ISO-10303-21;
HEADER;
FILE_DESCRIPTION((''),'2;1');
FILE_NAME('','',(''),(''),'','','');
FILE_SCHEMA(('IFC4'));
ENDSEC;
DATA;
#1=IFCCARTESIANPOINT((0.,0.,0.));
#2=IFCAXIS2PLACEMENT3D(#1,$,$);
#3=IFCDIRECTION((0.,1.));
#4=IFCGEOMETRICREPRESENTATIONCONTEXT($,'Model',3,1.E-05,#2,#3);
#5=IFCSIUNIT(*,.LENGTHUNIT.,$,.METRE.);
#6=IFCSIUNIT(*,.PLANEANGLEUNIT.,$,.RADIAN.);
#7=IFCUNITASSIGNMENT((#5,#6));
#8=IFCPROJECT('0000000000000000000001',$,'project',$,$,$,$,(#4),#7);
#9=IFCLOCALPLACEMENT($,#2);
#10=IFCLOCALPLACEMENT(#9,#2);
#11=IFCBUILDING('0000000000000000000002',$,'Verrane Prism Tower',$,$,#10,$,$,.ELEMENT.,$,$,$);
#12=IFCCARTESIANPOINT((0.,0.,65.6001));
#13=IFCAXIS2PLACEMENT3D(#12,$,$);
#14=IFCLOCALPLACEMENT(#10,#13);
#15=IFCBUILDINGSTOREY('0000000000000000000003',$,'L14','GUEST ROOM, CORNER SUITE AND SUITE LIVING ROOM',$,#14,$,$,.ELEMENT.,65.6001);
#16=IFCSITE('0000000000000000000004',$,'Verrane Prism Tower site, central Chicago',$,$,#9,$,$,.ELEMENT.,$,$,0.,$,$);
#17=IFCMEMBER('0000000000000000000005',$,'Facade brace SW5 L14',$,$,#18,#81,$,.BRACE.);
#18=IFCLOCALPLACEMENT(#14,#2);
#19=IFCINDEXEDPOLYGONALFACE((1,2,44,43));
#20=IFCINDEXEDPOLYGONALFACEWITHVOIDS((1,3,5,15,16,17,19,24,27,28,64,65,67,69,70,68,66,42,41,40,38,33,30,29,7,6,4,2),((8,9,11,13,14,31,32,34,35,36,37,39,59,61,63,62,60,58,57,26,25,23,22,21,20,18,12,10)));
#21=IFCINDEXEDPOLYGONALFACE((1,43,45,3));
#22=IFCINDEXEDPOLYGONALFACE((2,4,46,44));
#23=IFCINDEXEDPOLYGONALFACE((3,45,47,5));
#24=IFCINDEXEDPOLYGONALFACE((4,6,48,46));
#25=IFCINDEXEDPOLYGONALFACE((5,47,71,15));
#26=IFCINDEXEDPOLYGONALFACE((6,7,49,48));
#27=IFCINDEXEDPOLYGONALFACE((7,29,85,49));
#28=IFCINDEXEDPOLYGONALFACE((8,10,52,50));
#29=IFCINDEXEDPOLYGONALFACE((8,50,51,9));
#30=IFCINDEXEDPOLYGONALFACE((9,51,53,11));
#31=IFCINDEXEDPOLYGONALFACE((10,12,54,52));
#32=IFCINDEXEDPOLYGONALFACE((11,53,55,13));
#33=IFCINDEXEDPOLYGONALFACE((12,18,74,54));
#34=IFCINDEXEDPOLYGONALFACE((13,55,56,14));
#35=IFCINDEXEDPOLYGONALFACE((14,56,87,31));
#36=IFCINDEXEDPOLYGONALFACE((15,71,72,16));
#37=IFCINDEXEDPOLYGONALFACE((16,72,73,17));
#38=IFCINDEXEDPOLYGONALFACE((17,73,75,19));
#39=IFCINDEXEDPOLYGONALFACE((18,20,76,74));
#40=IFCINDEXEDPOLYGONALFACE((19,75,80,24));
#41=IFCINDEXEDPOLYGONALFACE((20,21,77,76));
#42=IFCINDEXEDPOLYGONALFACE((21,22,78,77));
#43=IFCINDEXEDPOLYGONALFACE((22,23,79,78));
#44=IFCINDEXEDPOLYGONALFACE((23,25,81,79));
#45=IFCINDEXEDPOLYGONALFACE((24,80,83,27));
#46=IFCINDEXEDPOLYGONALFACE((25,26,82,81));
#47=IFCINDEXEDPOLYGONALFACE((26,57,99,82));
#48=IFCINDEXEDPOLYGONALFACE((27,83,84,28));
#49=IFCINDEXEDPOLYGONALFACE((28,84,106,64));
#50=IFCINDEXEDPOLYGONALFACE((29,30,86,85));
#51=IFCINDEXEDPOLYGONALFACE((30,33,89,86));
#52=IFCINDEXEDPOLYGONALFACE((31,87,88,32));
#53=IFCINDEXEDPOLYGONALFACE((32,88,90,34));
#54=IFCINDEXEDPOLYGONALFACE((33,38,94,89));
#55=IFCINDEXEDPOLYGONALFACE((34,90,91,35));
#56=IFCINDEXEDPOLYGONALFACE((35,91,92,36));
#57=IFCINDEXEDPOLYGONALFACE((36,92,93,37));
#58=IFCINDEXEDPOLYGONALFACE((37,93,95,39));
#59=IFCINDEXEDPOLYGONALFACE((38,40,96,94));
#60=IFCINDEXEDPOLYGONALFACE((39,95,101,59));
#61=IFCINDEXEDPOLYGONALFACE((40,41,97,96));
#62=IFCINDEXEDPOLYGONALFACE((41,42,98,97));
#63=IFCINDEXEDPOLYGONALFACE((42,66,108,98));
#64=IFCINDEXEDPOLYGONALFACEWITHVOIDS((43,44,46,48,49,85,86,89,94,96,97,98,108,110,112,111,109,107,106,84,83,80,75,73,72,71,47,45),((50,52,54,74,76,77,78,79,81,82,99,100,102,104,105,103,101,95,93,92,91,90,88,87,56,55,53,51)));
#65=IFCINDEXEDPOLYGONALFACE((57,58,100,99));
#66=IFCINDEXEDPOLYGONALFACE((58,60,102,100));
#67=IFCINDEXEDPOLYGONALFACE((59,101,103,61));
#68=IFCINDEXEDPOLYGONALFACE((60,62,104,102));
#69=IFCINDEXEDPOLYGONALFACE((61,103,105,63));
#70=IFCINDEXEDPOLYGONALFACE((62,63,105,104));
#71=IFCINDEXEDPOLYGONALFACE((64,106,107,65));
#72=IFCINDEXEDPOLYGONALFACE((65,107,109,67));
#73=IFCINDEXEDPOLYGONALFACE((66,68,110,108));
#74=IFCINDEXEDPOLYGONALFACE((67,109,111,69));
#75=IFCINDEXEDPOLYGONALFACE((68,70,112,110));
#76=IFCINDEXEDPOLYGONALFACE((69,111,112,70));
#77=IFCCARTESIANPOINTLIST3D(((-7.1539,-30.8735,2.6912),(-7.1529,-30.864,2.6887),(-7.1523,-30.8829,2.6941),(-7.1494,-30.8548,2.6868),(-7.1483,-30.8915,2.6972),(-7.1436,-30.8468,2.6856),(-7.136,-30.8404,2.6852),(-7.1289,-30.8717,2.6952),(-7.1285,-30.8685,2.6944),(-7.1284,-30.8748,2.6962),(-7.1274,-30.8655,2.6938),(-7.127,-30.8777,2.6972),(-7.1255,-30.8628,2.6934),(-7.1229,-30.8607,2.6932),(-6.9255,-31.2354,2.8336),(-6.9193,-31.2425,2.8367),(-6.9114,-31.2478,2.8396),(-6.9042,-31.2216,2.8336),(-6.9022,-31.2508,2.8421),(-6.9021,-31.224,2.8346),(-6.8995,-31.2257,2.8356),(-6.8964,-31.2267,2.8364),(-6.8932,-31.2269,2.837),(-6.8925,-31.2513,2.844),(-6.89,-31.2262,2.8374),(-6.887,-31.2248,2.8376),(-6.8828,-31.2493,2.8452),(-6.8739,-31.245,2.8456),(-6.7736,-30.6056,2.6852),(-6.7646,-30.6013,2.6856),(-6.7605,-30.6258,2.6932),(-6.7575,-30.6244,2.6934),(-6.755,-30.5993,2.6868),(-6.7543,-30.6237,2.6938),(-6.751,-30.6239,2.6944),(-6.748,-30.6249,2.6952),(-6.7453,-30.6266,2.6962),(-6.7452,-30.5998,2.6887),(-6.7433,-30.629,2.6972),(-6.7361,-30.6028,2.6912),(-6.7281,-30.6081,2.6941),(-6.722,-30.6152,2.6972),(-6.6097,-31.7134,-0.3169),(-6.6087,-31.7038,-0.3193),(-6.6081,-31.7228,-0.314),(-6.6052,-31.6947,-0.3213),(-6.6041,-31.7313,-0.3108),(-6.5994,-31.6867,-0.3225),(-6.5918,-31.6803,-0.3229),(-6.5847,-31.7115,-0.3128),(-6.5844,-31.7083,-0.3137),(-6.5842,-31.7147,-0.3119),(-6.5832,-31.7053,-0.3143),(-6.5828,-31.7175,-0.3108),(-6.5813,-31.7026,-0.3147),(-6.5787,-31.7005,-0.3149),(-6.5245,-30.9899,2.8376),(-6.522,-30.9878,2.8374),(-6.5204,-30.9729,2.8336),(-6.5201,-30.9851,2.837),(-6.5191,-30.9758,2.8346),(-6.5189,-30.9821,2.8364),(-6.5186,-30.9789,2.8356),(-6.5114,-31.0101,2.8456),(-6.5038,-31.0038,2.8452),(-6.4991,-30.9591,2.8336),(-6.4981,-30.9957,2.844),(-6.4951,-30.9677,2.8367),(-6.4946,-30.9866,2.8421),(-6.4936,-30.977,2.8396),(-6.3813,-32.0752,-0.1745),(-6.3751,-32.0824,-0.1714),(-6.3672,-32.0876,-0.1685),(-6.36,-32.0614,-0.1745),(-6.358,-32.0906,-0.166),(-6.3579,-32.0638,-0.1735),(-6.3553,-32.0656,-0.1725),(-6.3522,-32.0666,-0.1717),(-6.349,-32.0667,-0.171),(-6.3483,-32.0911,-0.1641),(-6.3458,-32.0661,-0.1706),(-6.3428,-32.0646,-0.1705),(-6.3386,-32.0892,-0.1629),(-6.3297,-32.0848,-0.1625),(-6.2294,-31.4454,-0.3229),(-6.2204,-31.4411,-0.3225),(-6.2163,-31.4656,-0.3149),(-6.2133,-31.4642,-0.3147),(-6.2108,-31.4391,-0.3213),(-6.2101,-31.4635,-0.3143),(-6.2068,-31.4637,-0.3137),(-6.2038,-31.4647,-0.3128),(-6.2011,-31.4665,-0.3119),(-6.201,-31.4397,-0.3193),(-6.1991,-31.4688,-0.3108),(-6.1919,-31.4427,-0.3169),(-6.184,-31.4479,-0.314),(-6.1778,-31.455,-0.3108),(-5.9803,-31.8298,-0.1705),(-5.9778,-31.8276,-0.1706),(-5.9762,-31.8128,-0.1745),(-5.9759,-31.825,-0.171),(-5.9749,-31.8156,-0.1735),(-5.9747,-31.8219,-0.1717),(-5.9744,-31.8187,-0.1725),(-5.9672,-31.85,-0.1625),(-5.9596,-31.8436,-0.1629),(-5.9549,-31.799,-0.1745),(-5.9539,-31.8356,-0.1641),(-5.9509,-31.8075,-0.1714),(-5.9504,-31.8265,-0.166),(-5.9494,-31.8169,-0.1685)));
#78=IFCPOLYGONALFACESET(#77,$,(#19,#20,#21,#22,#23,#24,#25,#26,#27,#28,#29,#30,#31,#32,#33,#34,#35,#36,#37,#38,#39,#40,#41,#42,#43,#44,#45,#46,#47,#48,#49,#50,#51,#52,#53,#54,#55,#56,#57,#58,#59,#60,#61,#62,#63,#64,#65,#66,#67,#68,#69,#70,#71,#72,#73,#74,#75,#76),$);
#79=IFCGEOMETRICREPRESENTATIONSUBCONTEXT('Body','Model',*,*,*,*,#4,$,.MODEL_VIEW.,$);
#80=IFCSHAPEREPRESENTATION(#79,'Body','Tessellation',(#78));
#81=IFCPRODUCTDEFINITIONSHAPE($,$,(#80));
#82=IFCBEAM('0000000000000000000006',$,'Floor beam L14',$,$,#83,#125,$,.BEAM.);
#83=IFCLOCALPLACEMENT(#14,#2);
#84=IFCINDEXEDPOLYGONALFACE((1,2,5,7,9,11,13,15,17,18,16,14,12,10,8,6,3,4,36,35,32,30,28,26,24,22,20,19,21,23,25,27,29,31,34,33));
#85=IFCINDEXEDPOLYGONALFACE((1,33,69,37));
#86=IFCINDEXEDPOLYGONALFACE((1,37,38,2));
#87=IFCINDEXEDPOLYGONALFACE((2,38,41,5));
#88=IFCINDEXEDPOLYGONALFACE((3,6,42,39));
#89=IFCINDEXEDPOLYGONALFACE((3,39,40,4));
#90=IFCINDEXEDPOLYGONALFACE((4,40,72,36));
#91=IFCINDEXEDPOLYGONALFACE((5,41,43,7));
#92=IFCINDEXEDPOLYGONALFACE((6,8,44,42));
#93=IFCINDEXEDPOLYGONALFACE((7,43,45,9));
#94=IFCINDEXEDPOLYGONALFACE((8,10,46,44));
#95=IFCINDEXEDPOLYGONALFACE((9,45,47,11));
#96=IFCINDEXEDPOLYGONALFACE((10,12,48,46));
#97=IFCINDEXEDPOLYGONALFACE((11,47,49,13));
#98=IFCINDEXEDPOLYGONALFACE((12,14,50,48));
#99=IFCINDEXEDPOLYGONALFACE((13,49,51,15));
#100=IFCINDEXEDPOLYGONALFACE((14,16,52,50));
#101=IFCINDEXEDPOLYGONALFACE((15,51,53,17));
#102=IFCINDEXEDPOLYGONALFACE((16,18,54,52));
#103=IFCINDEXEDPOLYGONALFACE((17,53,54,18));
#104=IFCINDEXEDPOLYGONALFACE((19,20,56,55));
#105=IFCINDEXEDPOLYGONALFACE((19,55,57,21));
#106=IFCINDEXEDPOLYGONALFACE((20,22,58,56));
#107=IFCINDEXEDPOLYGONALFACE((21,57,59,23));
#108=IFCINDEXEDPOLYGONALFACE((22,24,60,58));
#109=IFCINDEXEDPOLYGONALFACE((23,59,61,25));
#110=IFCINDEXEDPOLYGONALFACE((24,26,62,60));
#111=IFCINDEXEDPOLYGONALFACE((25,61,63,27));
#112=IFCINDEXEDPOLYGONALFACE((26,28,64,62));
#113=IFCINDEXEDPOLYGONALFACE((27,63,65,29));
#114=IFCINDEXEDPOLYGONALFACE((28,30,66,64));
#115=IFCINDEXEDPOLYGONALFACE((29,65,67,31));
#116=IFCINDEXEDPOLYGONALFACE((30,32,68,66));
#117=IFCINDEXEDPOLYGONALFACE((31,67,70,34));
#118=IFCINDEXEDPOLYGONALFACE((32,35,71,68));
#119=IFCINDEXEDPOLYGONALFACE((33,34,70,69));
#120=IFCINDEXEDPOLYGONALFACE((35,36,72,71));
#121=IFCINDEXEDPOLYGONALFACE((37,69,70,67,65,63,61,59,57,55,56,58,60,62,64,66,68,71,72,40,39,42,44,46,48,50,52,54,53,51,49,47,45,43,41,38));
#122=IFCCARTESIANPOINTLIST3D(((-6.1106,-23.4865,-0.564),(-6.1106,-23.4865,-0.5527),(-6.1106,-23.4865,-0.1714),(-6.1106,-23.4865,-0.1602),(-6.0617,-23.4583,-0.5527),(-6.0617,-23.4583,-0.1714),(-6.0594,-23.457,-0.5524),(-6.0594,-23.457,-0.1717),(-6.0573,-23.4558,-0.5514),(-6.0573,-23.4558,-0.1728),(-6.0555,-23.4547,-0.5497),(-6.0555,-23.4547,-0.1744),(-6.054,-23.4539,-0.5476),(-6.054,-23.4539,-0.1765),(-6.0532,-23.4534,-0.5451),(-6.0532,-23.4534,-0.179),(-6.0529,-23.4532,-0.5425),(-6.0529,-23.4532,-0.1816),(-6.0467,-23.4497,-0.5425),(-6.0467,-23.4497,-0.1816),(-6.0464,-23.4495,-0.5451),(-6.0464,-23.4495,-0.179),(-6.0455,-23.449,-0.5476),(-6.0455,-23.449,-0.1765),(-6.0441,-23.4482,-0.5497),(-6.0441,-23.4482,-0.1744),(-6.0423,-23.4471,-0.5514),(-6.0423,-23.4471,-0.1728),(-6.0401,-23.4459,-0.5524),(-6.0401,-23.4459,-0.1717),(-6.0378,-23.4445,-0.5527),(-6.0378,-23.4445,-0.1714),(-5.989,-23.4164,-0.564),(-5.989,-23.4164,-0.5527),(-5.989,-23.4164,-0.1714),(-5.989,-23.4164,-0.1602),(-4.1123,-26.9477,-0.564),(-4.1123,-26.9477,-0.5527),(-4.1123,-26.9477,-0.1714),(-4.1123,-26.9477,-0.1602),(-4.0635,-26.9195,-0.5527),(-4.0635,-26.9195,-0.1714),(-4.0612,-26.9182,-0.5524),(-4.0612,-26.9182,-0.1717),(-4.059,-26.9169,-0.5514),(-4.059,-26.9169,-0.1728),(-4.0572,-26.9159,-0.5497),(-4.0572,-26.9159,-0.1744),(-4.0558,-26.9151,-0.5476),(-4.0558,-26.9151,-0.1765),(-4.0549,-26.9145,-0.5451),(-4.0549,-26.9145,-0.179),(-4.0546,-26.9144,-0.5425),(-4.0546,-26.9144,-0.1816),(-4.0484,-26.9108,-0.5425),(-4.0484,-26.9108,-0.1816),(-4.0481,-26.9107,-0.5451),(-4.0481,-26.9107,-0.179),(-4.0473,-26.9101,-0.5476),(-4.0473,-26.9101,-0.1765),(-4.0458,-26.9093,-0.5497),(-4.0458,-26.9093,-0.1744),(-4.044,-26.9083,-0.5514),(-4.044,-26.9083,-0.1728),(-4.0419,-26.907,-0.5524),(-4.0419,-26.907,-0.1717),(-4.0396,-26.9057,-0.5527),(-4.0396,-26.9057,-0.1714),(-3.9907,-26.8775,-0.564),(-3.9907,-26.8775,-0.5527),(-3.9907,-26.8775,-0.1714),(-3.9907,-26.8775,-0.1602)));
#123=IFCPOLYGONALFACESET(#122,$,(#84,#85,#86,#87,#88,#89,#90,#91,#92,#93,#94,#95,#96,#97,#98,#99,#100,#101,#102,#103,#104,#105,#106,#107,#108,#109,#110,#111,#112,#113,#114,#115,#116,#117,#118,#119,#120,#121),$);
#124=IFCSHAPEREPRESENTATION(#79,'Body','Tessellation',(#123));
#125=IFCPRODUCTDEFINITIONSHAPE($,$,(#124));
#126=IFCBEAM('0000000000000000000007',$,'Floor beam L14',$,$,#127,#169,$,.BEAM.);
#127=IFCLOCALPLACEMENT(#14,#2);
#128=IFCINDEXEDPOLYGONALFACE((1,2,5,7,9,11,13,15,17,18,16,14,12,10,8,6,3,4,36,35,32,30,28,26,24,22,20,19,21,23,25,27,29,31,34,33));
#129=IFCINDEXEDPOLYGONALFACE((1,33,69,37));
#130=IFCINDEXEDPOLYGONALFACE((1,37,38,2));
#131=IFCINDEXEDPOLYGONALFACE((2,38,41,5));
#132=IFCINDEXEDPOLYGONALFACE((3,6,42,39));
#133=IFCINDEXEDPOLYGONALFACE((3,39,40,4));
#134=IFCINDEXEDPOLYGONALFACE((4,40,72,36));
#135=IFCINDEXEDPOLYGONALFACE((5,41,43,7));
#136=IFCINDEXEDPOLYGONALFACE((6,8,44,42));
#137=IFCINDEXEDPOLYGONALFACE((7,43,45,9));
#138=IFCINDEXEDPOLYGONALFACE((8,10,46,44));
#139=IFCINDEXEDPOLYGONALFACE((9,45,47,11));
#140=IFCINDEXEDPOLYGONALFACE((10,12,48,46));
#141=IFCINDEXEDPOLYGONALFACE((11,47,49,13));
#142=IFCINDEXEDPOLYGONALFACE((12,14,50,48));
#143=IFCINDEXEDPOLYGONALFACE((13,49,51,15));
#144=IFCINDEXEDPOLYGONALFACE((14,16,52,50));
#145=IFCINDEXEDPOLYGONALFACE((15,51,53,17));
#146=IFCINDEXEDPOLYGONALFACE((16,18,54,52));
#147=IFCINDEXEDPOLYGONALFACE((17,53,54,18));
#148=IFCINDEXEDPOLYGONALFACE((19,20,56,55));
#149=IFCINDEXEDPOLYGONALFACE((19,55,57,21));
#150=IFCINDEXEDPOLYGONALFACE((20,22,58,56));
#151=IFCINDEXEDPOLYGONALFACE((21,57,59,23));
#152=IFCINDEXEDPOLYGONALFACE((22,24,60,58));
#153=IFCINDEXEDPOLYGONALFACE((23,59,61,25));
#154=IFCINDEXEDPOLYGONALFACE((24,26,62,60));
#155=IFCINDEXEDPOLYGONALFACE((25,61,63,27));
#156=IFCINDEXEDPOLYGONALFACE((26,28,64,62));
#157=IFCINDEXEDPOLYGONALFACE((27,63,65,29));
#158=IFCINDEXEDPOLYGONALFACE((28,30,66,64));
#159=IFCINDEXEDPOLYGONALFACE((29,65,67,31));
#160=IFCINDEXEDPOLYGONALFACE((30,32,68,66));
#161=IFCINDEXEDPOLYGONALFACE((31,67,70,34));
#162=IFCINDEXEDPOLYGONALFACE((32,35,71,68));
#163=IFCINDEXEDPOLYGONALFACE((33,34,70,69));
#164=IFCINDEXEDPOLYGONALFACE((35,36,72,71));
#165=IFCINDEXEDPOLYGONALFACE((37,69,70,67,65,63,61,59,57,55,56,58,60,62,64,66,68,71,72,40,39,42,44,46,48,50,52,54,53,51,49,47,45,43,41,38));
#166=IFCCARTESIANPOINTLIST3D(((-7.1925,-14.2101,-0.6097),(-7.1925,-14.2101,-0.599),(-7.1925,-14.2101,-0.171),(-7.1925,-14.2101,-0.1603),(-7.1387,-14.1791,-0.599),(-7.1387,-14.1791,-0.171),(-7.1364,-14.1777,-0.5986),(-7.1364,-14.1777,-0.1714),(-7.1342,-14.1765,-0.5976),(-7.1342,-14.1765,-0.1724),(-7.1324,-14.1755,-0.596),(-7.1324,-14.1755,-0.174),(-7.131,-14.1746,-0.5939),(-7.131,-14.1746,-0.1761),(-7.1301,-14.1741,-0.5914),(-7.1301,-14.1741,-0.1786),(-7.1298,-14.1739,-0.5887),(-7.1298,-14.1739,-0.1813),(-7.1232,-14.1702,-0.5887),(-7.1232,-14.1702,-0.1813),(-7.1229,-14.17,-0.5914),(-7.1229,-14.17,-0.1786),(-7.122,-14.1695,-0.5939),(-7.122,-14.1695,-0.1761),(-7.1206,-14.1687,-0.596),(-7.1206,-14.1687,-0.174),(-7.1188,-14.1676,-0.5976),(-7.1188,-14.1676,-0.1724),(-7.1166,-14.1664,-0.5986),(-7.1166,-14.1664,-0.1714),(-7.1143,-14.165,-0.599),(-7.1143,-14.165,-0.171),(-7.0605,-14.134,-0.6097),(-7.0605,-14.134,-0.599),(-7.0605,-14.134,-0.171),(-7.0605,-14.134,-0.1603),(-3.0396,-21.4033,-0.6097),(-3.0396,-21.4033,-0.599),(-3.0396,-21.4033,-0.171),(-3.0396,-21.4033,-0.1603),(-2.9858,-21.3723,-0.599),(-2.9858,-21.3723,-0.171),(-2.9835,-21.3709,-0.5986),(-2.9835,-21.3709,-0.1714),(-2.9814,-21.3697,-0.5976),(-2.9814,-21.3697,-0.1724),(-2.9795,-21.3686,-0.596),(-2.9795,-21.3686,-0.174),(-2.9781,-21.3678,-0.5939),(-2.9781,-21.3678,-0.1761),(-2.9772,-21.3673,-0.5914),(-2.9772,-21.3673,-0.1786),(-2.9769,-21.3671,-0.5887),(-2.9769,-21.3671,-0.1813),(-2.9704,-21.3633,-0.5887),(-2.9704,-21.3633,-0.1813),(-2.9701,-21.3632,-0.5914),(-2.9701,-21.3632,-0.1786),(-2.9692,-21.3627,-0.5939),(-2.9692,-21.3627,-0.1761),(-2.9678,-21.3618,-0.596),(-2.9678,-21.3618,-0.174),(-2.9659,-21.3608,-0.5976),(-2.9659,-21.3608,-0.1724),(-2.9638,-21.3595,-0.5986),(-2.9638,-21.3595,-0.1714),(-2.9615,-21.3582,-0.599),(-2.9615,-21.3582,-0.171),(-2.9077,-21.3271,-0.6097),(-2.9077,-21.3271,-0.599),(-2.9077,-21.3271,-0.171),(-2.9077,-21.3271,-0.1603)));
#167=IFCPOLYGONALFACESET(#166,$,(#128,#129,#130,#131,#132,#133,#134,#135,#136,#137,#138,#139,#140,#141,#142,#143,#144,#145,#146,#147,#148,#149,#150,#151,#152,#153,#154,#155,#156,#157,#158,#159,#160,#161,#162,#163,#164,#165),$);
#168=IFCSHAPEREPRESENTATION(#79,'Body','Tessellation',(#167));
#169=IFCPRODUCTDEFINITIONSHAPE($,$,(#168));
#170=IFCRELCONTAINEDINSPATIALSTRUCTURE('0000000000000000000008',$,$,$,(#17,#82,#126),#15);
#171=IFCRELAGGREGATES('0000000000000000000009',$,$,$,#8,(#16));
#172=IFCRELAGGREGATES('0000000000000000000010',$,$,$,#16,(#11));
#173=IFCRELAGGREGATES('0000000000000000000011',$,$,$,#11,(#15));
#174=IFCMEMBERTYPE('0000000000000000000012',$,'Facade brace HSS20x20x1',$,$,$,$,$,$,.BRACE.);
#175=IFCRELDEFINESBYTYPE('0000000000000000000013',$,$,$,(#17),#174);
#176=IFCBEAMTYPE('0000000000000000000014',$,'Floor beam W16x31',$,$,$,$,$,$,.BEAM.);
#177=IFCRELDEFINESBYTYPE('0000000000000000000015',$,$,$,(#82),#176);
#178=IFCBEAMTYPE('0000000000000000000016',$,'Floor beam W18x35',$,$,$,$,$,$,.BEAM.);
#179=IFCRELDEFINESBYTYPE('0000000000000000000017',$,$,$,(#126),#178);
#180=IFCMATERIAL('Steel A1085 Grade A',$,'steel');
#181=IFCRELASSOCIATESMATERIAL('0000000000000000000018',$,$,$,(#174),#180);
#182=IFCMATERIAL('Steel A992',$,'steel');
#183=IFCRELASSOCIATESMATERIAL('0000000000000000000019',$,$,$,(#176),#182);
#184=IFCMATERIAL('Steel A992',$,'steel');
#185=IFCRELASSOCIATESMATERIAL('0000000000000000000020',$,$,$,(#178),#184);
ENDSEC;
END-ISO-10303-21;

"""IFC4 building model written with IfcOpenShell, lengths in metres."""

from ifc_helpers import new_model, si_unit, direction, frame, origin, origin_2d, place, context, subcontext, project, spatial, hollow_rectangle, i_section, extrude, material, material_profile, profile_set, type_object, element, save


model = new_model("IFC4")

# Units and contexts
model_context = context("Model", 3, precision=1e-05, world=origin(), true_north=direction((0.0, 1.0)))
body_context = subcontext(model_context, "Body", "Model", "MODEL_VIEW")
ifc_project = project(units=[si_unit("LENGTHUNIT", "METRE"), si_unit("PLANEANGLEUNIT", "RADIAN")], contexts=[model_context])

# Site, building, storey
site_placement = place(None, origin())
site = spatial("IfcSite", under=ifc_project, at=site_placement, Name="Verrane Prism Tower site, central Chicago", CompositionType="ELEMENT", RefElevation=0.0)
building_placement = place(site_placement, origin())
building = spatial("IfcBuilding", under=site, at=building_placement, Name="Verrane Prism Tower", CompositionType="ELEMENT")
storey_placement = place(building_placement, frame((0.0, 0.0, 65.6001)))
storey = spatial("IfcBuildingStorey", under=building, at=storey_placement, Name="L14", Description="GUEST ROOM, CORNER SUITE AND SUITE LIVING ROOM", CompositionType="ELEMENT", Elevation=65.6001)

# Member
ifc_material_1 = material(Name="Steel A1085 Grade A", Category="steel")
ifc_material_profile_1 = material_profile(ifc_material_1, hollow_rectangle(XDim=0.5081, YDim=0.5081, WallThickness=0.0254, InnerFilletRadius=0.0127, OuterFilletRadius=0.0381, at=origin_2d()), Name="HSS20x20x1")
ifc_profile_set_1 = profile_set([ifc_material_profile_1], Name="Steel A1085 Grade A")
member_type_1 = type_object("IfcMemberType", Name="Facade brace HSS20x20x1", PredefinedType="BRACE", material=ifc_profile_set_1)
member_1_placement = place(storey_placement, frame((-6.2795, -31.7651, -0.2427), z_axis=(-0.17166, 0.264922, 0.948867), x_axis=(-0.839223, -0.543787, 0.0)))
element("IfcMember", 1, at=member_1_placement, inside=storey, type_object=member_type_1, Name="Facade brace SW5 L14", PredefinedType="BRACE", context=body_context, shape_type="SweptSolid", body=[
    extrude(hollow_rectangle(XDim=0.5081, YDim=0.5081, WallThickness=0.0254, InnerFilletRadius=0.0127, OuterFilletRadius=0.0381, at=origin_2d()), origin(), (0.0, 0.0, 1.0), 3.1702),
])

# Beams
ifc_material_2 = material(Name="Steel A992", Category="steel")
ifc_material_profile_2 = material_profile(ifc_material_2, i_section(OverallWidth=0.1404, OverallDepth=0.4038, WebThickness=0.0071, FlangeThickness=0.0112, FilletRadius=0.0103, at=origin_2d()), Name="W16x31")
ifc_profile_set_2 = profile_set([ifc_material_profile_2], Name="Steel A992")
beam_type_1 = type_object("IfcBeamType", Name="Floor beam W16x31", PredefinedType="BEAM", material=ifc_profile_set_2)
beam_1_placement = place(storey_placement, frame((-4.0515, -26.9126, -0.3621), z_axis=(-0.499996, 0.866028, 0.0), x_axis=(-0.866028, -0.499996, 0.0)))
element("IfcBeam", 2, at=beam_1_placement, inside=storey, type_object=beam_type_1, Name="Floor beam L14", PredefinedType="BEAM", context=body_context, shape_type="SweptSolid", body=[
    extrude(i_section(OverallWidth=0.1404, OverallDepth=0.4038, WebThickness=0.0071, FlangeThickness=0.0112, FilletRadius=0.0103, at=origin_2d()), origin(), (0.0, 0.0, 1.0), 3.9966),
])
ifc_material_3 = material(Name="Steel A992", Category="steel")
ifc_material_profile_3 = material_profile(ifc_material_3, i_section(OverallWidth=0.1523, OverallDepth=0.4495, WebThickness=0.0076, FlangeThickness=0.0107, FilletRadius=0.0103, at=origin_2d()), Name="W18x35")
ifc_profile_set_3 = profile_set([ifc_material_profile_3], Name="Steel A992")
beam_type_2 = type_object("IfcBeamType", Name="Floor beam W18x35", PredefinedType="BEAM", material=ifc_profile_set_3)
beam_2_placement = place(storey_placement, frame((-2.9736, -21.3652, -0.385), z_axis=(-0.49999, 0.866031, 0.0), x_axis=(-0.866031, -0.49999, 0.0)))
element("IfcBeam", 3, at=beam_2_placement, inside=storey, type_object=beam_type_2, Name="Floor beam L14", PredefinedType="BEAM", context=body_context, shape_type="SweptSolid", body=[
    extrude(i_section(OverallWidth=0.1523, OverallDepth=0.4495, WebThickness=0.0076, FlangeThickness=0.0107, FilletRadius=0.0103, at=origin_2d()), origin(), (0.0, 0.0, 1.0), 8.3059),
])

save(model, "model.ifc")
